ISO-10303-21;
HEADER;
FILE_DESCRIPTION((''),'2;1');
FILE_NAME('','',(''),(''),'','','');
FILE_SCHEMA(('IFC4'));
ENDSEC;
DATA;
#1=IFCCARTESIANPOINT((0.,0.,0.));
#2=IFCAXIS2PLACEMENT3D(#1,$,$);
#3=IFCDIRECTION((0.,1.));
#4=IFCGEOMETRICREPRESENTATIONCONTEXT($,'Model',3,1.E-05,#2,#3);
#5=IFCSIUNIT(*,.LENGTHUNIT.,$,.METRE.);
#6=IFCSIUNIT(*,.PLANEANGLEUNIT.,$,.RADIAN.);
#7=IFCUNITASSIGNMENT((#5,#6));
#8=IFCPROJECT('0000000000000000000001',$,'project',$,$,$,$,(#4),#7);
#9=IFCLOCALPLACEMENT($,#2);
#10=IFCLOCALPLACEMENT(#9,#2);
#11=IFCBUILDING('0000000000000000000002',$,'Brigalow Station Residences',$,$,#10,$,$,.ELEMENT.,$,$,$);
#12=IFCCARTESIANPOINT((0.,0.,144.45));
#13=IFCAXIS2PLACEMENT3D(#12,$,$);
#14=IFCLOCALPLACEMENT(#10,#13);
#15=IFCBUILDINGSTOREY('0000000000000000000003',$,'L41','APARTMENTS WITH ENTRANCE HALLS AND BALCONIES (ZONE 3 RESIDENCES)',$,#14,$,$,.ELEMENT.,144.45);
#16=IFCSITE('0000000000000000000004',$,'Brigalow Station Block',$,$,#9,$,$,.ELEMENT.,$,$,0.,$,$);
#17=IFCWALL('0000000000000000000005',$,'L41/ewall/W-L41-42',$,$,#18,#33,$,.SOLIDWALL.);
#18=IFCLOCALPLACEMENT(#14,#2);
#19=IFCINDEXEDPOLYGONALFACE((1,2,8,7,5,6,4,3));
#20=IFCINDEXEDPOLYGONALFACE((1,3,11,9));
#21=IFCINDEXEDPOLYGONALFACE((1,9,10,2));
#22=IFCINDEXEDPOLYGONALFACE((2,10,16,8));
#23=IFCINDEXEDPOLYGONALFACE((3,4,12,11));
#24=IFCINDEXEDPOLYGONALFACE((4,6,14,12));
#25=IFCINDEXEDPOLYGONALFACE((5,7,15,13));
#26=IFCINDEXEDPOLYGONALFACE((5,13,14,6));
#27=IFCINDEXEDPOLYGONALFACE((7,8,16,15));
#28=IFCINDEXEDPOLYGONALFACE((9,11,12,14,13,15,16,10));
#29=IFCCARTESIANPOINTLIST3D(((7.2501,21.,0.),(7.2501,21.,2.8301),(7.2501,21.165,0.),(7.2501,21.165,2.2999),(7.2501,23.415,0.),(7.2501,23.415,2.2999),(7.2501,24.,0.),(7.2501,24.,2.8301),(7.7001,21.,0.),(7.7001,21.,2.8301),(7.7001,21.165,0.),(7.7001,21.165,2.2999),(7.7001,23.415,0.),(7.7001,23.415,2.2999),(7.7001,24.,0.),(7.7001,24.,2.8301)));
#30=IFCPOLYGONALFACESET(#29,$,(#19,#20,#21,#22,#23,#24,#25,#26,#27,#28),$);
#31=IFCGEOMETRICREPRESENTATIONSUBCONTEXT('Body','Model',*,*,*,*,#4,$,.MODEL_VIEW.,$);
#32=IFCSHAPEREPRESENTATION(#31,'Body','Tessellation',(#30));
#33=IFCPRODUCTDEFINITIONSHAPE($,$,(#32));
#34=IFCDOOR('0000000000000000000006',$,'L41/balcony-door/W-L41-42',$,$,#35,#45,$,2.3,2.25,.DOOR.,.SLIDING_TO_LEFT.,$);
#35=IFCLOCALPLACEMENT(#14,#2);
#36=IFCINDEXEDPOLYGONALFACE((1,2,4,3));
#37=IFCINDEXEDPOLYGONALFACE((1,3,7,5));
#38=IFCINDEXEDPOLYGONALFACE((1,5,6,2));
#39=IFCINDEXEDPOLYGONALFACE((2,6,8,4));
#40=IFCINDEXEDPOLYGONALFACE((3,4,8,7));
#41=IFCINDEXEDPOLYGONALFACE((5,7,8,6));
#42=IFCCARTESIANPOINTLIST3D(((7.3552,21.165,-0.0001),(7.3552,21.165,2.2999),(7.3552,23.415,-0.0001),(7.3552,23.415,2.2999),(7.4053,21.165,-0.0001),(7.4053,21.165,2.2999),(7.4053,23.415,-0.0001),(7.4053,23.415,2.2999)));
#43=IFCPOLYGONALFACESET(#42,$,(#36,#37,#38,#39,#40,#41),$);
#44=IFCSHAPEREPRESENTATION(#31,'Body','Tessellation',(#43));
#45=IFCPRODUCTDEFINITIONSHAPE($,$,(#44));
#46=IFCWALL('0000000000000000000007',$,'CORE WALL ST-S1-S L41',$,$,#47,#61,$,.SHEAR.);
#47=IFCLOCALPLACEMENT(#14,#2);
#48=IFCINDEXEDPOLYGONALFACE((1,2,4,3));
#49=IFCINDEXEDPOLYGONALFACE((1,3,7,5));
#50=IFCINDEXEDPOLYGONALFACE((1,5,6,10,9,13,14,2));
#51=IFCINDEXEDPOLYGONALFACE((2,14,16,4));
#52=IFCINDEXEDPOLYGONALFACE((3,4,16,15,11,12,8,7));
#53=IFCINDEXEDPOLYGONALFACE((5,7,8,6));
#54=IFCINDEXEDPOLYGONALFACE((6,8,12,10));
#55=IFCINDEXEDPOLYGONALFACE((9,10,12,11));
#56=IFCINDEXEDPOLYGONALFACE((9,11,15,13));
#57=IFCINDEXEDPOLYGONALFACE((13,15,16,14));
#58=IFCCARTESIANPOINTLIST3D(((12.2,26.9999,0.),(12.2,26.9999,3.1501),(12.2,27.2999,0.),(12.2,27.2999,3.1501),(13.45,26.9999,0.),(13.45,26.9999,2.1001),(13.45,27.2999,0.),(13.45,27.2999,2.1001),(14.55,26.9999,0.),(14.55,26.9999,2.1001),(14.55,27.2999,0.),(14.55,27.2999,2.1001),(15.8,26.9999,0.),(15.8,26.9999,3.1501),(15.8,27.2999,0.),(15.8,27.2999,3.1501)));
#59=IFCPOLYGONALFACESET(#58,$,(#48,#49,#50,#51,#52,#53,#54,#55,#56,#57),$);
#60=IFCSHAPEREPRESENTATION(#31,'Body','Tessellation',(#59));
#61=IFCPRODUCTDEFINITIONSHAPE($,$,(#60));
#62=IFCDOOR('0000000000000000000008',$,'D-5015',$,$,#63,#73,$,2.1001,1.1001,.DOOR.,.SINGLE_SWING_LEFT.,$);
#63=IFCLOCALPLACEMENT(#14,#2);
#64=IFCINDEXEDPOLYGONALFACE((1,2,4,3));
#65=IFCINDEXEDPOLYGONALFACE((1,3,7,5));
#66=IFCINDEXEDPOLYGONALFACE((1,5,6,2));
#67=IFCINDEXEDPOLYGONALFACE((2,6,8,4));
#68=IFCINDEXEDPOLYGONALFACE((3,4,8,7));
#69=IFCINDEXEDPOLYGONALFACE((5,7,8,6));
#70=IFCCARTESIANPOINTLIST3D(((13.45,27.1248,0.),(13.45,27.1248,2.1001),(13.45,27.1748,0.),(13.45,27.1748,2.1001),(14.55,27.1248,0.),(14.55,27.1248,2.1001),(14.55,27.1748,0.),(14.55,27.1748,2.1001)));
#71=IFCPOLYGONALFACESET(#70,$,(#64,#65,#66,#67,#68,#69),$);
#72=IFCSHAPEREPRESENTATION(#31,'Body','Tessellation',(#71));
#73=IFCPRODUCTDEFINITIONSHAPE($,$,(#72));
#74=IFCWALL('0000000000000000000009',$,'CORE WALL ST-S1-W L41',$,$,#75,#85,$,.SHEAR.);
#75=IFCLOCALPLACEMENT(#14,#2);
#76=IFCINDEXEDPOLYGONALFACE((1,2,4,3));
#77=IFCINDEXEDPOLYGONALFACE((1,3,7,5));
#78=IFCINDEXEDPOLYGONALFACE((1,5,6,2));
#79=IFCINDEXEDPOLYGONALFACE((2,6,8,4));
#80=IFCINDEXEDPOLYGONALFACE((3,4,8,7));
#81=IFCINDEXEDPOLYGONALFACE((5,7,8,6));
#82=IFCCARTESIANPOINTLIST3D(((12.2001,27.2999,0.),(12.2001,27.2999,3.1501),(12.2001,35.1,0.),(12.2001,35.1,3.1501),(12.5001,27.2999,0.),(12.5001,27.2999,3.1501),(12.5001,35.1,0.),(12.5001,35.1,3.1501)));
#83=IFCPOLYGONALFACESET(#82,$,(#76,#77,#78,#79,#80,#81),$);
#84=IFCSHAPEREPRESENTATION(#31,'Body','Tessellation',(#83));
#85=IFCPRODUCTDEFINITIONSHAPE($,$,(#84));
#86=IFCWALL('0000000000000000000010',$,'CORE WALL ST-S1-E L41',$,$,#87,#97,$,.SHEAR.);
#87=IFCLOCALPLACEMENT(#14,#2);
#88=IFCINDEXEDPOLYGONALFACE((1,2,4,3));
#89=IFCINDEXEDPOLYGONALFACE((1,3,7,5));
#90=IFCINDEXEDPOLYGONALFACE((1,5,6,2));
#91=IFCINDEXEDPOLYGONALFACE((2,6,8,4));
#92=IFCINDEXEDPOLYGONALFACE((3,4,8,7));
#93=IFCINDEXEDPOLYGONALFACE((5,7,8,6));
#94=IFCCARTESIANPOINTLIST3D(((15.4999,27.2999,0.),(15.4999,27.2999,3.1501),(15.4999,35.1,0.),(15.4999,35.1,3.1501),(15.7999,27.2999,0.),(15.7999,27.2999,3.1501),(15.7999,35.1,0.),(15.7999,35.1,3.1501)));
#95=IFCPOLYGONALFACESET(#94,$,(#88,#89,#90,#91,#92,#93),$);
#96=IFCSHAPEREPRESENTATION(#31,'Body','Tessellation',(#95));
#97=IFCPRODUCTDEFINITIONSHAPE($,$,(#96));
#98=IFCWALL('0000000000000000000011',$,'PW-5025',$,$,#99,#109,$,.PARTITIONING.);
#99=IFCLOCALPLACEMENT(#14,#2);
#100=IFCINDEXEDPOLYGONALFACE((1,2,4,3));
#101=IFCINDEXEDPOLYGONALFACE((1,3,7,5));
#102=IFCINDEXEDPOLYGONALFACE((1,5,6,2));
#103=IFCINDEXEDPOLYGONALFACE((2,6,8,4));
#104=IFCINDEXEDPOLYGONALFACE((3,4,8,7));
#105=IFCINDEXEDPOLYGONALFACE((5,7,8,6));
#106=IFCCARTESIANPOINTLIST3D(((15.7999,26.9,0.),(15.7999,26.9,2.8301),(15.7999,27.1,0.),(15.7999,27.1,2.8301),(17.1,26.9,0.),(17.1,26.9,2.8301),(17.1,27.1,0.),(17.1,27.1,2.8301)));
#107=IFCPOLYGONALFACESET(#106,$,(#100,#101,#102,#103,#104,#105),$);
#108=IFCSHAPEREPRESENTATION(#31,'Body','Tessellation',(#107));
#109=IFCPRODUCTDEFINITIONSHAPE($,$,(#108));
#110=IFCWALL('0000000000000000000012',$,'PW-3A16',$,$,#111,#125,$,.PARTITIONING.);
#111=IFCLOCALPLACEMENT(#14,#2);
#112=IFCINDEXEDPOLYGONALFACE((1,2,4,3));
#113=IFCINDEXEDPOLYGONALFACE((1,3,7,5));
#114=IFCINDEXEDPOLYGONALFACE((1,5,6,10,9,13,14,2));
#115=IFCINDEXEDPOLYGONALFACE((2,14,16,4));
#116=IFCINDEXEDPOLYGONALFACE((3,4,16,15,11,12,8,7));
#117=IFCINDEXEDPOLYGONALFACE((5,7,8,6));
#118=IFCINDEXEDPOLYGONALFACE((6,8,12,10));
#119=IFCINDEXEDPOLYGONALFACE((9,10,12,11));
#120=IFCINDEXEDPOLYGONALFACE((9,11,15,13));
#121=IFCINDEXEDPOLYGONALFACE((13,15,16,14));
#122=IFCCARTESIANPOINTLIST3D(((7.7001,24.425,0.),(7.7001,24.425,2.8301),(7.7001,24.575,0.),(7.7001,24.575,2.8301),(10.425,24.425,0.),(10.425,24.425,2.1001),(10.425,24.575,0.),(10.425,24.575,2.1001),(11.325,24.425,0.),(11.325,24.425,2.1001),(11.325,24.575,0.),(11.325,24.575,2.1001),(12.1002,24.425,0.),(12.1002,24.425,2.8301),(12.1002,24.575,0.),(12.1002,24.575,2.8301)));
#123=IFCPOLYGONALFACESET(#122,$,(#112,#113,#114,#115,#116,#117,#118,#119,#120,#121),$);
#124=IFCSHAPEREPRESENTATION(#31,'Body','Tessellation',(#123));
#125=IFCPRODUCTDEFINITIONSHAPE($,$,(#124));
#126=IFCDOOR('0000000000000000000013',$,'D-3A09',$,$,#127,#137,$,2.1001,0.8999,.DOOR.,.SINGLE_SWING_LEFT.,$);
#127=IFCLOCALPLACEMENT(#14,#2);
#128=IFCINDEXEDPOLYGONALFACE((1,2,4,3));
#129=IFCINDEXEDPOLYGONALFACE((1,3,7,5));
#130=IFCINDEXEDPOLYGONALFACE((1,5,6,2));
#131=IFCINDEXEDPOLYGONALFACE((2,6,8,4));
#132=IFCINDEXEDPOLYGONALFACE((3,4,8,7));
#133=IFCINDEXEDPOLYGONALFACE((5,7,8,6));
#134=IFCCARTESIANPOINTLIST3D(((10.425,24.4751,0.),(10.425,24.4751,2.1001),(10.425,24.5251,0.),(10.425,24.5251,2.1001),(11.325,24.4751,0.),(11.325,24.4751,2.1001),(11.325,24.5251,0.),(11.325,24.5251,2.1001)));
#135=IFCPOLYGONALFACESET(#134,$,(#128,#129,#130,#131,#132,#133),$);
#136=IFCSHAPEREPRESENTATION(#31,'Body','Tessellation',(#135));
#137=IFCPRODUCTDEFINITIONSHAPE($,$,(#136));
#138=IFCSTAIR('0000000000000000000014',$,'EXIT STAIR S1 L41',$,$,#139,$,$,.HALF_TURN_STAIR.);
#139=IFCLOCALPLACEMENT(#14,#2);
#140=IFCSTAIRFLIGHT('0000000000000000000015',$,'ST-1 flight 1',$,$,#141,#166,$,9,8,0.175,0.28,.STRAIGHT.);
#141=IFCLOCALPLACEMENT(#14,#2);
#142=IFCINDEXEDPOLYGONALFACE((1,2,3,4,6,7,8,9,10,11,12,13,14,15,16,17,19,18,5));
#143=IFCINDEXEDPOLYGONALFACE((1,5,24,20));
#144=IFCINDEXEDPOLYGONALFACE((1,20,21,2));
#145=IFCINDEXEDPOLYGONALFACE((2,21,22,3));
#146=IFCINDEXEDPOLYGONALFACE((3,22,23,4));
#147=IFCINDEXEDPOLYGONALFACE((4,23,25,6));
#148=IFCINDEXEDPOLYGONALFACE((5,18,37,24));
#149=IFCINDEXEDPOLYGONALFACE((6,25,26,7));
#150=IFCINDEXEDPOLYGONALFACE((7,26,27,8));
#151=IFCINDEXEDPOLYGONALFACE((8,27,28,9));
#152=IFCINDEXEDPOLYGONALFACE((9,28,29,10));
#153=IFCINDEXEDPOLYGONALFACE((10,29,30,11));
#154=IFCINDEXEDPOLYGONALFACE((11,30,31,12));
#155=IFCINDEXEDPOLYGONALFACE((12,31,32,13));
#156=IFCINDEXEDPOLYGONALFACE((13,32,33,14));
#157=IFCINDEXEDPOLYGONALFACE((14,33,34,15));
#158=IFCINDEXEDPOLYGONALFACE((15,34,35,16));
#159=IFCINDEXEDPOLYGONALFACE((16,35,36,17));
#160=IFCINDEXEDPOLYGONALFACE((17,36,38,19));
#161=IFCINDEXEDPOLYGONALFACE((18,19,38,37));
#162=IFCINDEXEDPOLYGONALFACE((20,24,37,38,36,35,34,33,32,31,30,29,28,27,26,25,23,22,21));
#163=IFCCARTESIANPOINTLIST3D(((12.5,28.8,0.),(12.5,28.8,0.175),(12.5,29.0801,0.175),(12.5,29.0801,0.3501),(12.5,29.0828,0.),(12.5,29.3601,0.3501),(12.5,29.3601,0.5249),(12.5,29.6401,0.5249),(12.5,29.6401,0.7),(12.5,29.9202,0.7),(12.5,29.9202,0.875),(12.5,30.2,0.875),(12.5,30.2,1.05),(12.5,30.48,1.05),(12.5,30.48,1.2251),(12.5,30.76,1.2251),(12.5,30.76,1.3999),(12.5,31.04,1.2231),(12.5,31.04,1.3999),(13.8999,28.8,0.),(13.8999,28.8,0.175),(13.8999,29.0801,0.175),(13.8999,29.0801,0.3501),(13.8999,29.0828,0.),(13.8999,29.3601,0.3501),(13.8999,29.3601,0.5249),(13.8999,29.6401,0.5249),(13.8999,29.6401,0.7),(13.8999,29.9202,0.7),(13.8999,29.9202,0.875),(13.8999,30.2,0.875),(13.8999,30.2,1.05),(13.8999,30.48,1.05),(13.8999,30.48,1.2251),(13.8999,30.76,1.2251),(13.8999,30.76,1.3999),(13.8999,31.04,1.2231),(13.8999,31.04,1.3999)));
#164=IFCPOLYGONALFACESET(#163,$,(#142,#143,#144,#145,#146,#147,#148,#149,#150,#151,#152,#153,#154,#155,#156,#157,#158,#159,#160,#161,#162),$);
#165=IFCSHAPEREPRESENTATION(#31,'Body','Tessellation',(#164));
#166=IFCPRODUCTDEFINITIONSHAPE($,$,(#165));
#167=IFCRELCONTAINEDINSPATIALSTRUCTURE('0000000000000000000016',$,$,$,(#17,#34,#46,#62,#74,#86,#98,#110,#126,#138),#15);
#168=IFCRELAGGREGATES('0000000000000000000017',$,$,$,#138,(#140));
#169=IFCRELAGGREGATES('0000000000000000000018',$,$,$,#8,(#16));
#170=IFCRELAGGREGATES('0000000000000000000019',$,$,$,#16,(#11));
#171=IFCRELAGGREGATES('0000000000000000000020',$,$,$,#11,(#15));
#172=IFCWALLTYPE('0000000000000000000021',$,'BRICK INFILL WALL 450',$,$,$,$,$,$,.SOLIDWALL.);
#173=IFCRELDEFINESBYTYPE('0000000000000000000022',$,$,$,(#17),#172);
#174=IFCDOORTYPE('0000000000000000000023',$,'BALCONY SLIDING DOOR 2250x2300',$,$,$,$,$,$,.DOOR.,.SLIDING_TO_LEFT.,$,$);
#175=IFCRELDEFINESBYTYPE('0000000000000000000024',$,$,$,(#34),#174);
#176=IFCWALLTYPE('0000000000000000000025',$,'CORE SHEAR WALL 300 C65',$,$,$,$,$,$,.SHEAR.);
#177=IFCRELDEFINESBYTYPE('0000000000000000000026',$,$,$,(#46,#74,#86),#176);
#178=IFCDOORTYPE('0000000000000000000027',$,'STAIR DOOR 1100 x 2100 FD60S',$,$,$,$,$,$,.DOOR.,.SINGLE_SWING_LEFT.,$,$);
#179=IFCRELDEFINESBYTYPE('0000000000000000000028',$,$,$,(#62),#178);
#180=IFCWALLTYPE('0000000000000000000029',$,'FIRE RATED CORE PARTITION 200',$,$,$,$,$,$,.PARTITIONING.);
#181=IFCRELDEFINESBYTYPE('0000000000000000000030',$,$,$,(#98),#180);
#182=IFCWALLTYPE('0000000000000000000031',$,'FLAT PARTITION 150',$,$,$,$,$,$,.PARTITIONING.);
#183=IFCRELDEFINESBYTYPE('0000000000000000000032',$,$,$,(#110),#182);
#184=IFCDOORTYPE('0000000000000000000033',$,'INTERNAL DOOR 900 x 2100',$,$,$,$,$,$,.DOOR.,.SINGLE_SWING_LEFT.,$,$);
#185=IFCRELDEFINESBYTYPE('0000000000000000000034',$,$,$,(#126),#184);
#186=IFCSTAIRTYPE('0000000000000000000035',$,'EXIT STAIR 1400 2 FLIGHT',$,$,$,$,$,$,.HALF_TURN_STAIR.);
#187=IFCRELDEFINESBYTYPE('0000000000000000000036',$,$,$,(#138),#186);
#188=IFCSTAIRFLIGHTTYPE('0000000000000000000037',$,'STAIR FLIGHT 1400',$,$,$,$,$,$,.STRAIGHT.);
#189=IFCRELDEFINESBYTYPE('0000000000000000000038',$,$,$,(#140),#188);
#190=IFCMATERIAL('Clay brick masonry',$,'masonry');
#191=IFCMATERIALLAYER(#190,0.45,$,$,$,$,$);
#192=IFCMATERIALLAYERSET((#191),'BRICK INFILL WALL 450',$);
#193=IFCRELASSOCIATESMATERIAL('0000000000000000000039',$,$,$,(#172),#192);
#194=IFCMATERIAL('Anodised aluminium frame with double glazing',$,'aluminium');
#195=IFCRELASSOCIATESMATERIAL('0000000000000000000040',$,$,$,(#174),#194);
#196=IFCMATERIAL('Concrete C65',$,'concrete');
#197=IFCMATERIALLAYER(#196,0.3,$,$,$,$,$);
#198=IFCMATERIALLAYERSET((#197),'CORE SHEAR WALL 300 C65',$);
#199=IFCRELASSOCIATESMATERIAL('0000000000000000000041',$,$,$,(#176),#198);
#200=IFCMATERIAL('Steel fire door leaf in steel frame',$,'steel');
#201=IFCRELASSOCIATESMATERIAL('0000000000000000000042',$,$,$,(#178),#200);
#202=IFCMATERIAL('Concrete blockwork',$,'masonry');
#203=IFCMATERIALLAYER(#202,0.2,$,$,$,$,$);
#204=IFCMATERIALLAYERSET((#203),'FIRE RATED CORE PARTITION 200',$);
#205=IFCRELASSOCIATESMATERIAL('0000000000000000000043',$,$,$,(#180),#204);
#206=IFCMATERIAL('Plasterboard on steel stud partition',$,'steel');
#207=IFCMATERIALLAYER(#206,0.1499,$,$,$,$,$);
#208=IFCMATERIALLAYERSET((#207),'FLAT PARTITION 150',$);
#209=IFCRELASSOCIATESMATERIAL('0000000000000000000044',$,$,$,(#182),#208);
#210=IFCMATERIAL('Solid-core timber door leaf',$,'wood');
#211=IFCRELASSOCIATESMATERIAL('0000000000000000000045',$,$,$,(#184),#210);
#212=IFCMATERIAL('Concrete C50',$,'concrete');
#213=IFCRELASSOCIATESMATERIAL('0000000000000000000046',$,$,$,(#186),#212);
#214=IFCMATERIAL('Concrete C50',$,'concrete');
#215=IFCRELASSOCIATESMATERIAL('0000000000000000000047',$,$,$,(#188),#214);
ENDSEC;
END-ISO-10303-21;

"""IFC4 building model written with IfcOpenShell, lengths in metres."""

from ifc_helpers import new_model, si_unit, direction, frame, frame_2d, origin, place, context, subcontext, project, spatial, polyline, rectangle, outline, extrude, material, layer, layer_set, type_object, element, fill, aggregate, save


model = new_model("IFC4")

# Units and contexts
model_context = context("Model", 3, precision=1e-05, world=origin(), true_north=direction((0.0, 1.0)))
body_context = subcontext(model_context, "Body", "Model", "MODEL_VIEW")
ifc_project = project(units=[si_unit("LENGTHUNIT", "METRE"), si_unit("PLANEANGLEUNIT", "RADIAN")], contexts=[model_context])

# Site, building, storey
site_placement = place(None, origin())
site = spatial("IfcSite", under=ifc_project, at=site_placement, Name="Brigalow Station Block", CompositionType="ELEMENT", RefElevation=0.0)
building_placement = place(site_placement, origin())
building = spatial("IfcBuilding", under=site, at=building_placement, Name="Brigalow Station Residences", CompositionType="ELEMENT")
storey_placement = place(building_placement, frame((0.0, 0.0, 144.45)))
storey = spatial("IfcBuildingStorey", under=building, at=storey_placement, Name="L41", Description="APARTMENTS WITH ENTRANCE HALLS AND BALCONIES (ZONE 3 RESIDENCES)", CompositionType="ELEMENT", Elevation=144.45)

# Shared definitions
ifc_material_1 = material(Name="Clay brick masonry", Category="masonry")
ifc_layer_1 = layer(ifc_material_1, 0.45)
ifc_layer_set_1 = layer_set([ifc_layer_1], Name="BRICK INFILL WALL 450")
wall_type_1 = type_object("IfcWallType", Name="BRICK INFILL WALL 450", PredefinedType="SOLIDWALL", material=ifc_layer_set_1)

# Walls, openings, doors
wall_1_placement = place(storey_placement, frame((7.4751, 24.0, 0.0), z_axis=(0.0, 0.0, 1.0), x_axis=(0.0, -1.0, 0.0)))
wall_1 = element("IfcWall", 1, at=wall_1_placement, inside=storey, type_object=wall_type_1, Name="L41/ewall/W-L41-42", PredefinedType="SOLIDWALL", context=body_context, shape_type="SweptSolid", body=[
    extrude(rectangle(XDim=3.0, YDim=0.45, at=frame_2d((1.5, 0.0))), origin(), (0.0, 0.0, 1.0), 2.8301),
])
opening_1_placement = place(wall_1_placement, frame((0.585, 0.0, 0.0)))
opening_1 = element("IfcOpeningElement", 2, at=opening_1_placement, cuts=wall_1, PredefinedType="OPENING", context=body_context, shape_type="SweptSolid", body=[
    extrude(rectangle(XDim=2.25, YDim=2.3, at=frame_2d((1.125, 1.1499))), frame((0.0, 0.2349, 0.0), z_axis=(0.0, -1.0, 0.0), x_axis=(1.0, 0.0, 0.0)), (0.0, 0.0, 1.0), 0.47),
])
ifc_material_2 = material(Name="Anodised aluminium frame with double glazing", Category="aluminium")
door_type_1 = type_object("IfcDoorType", Name="BALCONY SLIDING DOOR 2250x2300", OperationType="SLIDING_TO_LEFT", PredefinedType="DOOR", material=ifc_material_2)
door_1_placement = place(opening_1_placement, origin())
door_1 = element("IfcDoor", 3, at=door_1_placement, inside=storey, type_object=door_type_1, Name="L41/balcony-door/W-L41-42", OperationType="SLIDING_TO_LEFT", OverallHeight=2.3, OverallWidth=2.25, PredefinedType="DOOR", context=body_context, shape_type="SweptSolid", body=[
    extrude(rectangle(XDim=2.25, YDim=2.3, at=frame_2d((1.125, 1.1499))), frame((0.0, -0.0698, 0.0), z_axis=(0.0, -1.0, 0.0), x_axis=(1.0, 0.0, 0.0)), (0.0, 0.0, 1.0), 0.05),
])
fill(opening_1, door_1)
ifc_material_3 = material(Name="Concrete C65", Category="concrete")
ifc_layer_2 = layer(ifc_material_3, 0.3)
ifc_layer_set_2 = layer_set([ifc_layer_2], Name="CORE SHEAR WALL 300 C65")
wall_type_2 = type_object("IfcWallType", Name="CORE SHEAR WALL 300 C65", PredefinedType="SHEAR", material=ifc_layer_set_2)
wall_2_placement = place(storey_placement, frame((12.2, 27.1499, 0.0), z_axis=(0.0, 0.0, 1.0), x_axis=(1.0, 0.0, 0.0)))
wall_2 = element("IfcWall", 4, at=wall_2_placement, inside=storey, type_object=wall_type_2, Name="CORE WALL ST-S1-S L41", PredefinedType="SHEAR", context=body_context, shape_type="SweptSolid", body=[
    extrude(rectangle(XDim=3.6001, YDim=0.3, at=frame_2d((1.8, 0.0))), origin(), (0.0, 0.0, 1.0), 3.1501),
])
opening_2_placement = place(wall_2_placement, frame((1.25, 0.0, 0.0)))
opening_2 = element("IfcOpeningElement", 5, at=opening_2_placement, cuts=wall_2, PredefinedType="OPENING", context=body_context, shape_type="SweptSolid", body=[
    extrude(rectangle(XDim=1.1001, YDim=2.1001, at=frame_2d((0.55, 1.05))), frame((0.0, 0.1602, 0.0), z_axis=(0.0, -1.0, 0.0), x_axis=(1.0, 0.0, 0.0)), (0.0, 0.0, 1.0), 0.3201),
])
ifc_material_4 = material(Name="Steel fire door leaf in steel frame", Category="steel")
door_type_2 = type_object("IfcDoorType", Name="STAIR DOOR 1100 x 2100 FD60S", OperationType="SINGLE_SWING_LEFT", PredefinedType="DOOR", material=ifc_material_4)
door_2_placement = place(opening_2_placement, origin())
door_2 = element("IfcDoor", 6, at=door_2_placement, inside=storey, type_object=door_type_2, Name="D-5015", OperationType="SINGLE_SWING_LEFT", OverallHeight=2.1001, OverallWidth=1.1001, PredefinedType="DOOR", context=body_context, shape_type="SweptSolid", body=[
    extrude(rectangle(XDim=1.1001, YDim=2.1001, at=frame_2d((0.55, 1.05))), frame((0.0, 0.0249, 0.0), z_axis=(0.0, -1.0, 0.0), x_axis=(1.0, 0.0, 0.0)), (0.0, 0.0, 1.0), 0.05),
])
fill(opening_2, door_2)

# Walls
for number, where, z_axis, x_axis, name in (
    (7, (12.3501, 27.3, 0.0), (0.0, 0.0, 1.0), (0.0, 1.0, 0.0), "CORE WALL ST-S1-W L41"),
    (8, (15.6499, 27.3, 0.0), (0.0, 0.0, 1.0), (0.0, 1.0, 0.0), "CORE WALL ST-S1-E L41"),
):
    element("IfcWall", number, at=place(storey_placement, frame(where, z_axis=z_axis, x_axis=x_axis)), inside=storey, type_object=wall_type_2, Name=name, PredefinedType="SHEAR", context=body_context, shape_type="SweptSolid", body=[
        extrude(rectangle(XDim=7.8, YDim=0.3, at=frame_2d((3.8999, 0.0))), origin(), (0.0, 0.0, 1.0), 3.1501),
    ])
ifc_material_5 = material(Name="Concrete blockwork", Category="masonry")
ifc_layer_3 = layer(ifc_material_5, 0.2)
ifc_layer_set_3 = layer_set([ifc_layer_3], Name="FIRE RATED CORE PARTITION 200")
wall_type_3 = type_object("IfcWallType", Name="FIRE RATED CORE PARTITION 200", PredefinedType="PARTITIONING", material=ifc_layer_set_3)
wall_3_placement = place(storey_placement, frame((15.8, 27.0, 0.0), z_axis=(0.0, 0.0, 1.0), x_axis=(1.0, 0.0, 0.0)))
element("IfcWall", 9, at=wall_3_placement, inside=storey, type_object=wall_type_3, Name="PW-5025", PredefinedType="PARTITIONING", context=body_context, shape_type="SweptSolid", body=[
    extrude(rectangle(XDim=1.3, YDim=0.2, at=frame_2d((0.6499, 0.0))), origin(), (0.0, 0.0, 1.0), 2.8301),
])

# Wall, opening, door
ifc_material_6 = material(Name="Plasterboard on steel stud partition", Category="steel")
ifc_layer_4 = layer(ifc_material_6, 0.1499)
ifc_layer_set_4 = layer_set([ifc_layer_4], Name="FLAT PARTITION 150")
wall_type_4 = type_object("IfcWallType", Name="FLAT PARTITION 150", PredefinedType="PARTITIONING", material=ifc_layer_set_4)
wall_4_placement = place(storey_placement, frame((7.7, 24.5, 0.0), z_axis=(0.0, 0.0, 1.0), x_axis=(1.0, 0.0, 0.0)))
wall_4 = element("IfcWall", 10, at=wall_4_placement, inside=storey, type_object=wall_type_4, Name="PW-3A16", PredefinedType="PARTITIONING", context=body_context, shape_type="SweptSolid", body=[
    extrude(rectangle(XDim=4.4001, YDim=0.1499, at=frame_2d((2.2002, 0.0))), origin(), (0.0, 0.0, 1.0), 2.8301),
])
opening_3_placement = place(wall_4_placement, frame((2.7251, 0.0, 0.0)))
opening_3 = element("IfcOpeningElement", 11, at=opening_3_placement, cuts=wall_4, PredefinedType="OPENING", context=body_context, shape_type="SweptSolid", body=[
    extrude(rectangle(XDim=0.8999, YDim=2.1001, at=frame_2d((0.45, 1.05))), frame((0.0, 0.085, 0.0), z_axis=(0.0, -1.0, 0.0), x_axis=(1.0, 0.0, 0.0)), (0.0, 0.0, 1.0), 0.1699),
])
ifc_material_7 = material(Name="Solid-core timber door leaf", Category="wood")
door_type_3 = type_object("IfcDoorType", Name="INTERNAL DOOR 900 x 2100", OperationType="SINGLE_SWING_LEFT", PredefinedType="DOOR", material=ifc_material_7)
door_3_placement = place(opening_3_placement, frame((0.8999, 0.0, 0.0), z_axis=(0.0, 0.0, 1.0), x_axis=(-1.0, 0.0, 0.0)))
door_3 = element("IfcDoor", 12, at=door_3_placement, inside=storey, type_object=door_type_3, Name="D-3A09", OperationType="SINGLE_SWING_LEFT", OverallHeight=2.1001, OverallWidth=0.8999, PredefinedType="DOOR", context=body_context, shape_type="SweptSolid", body=[
    extrude(rectangle(XDim=0.8999, YDim=2.1001, at=frame_2d((0.45, 1.05))), frame((0.0, 0.0249, 0.0), z_axis=(0.0, -1.0, 0.0), x_axis=(1.0, 0.0, 0.0)), (0.0, 0.0, 1.0), 0.05),
])
fill(opening_3, door_3)

# Stair, stair flight
ifc_material_8 = material(Name="Concrete C50", Category="concrete")
stair_type = type_object("IfcStairType", Name="EXIT STAIR 1400 2 FLIGHT", PredefinedType="HALF_TURN_STAIR", material=ifc_material_8)
stair_placement = place(storey_placement, origin())
stair = element("IfcStair", 13, at=stair_placement, inside=storey, type_object=stair_type, Name="EXIT STAIR S1 L41", PredefinedType="HALF_TURN_STAIR")
ifc_material_9 = material(Name="Concrete C50", Category="concrete")
stair_flight_type = type_object("IfcStairFlightType", Name="STAIR FLIGHT 1400", PredefinedType="STRAIGHT", material=ifc_material_9)
stair_flight_1_placement = place(storey_placement, frame((13.2, 28.8, 0.0), z_axis=(0.0, 0.0, 1.0), x_axis=(0.0, 1.0, 0.0)))
stair_flight_1 = element("IfcStairFlight", 14, at=stair_flight_1_placement, type_object=stair_flight_type, Name="ST-1 flight 1", NumberOfRisers=9, NumberOfTreads=8, PredefinedType="STRAIGHT", RiserHeight=0.175, TreadLength=0.28, context=body_context, shape_type="SweptSolid", body=[
    extrude(outline(polyline([(0.0, 0.0), (0.0, 0.175), (0.28, 0.175), (0.28, 0.3501), (0.5601, 0.3501), (0.5601, 0.5249), (0.8401, 0.5249), (0.8401, 0.7), (1.1201, 0.7), (1.1201, 0.875), (1.3999, 0.875), (1.3999, 1.05), (1.6799, 1.05), (1.6799, 1.2251), (1.96, 1.2251), (1.96, 1.3999), (2.24, 1.3999), (2.24, 1.575), (2.24, 1.2231), (0.2827, 0.0), (0.0, 0.0)])), frame((0.0, 0.7, 0.0), z_axis=(0.0, -1.0, 0.0), x_axis=(1.0, 0.0, 0.0)), (0.0, 0.0, 1.0), 1.3999),
])
aggregate(stair, [stair_flight_1])

save(model, "model.ifc")
